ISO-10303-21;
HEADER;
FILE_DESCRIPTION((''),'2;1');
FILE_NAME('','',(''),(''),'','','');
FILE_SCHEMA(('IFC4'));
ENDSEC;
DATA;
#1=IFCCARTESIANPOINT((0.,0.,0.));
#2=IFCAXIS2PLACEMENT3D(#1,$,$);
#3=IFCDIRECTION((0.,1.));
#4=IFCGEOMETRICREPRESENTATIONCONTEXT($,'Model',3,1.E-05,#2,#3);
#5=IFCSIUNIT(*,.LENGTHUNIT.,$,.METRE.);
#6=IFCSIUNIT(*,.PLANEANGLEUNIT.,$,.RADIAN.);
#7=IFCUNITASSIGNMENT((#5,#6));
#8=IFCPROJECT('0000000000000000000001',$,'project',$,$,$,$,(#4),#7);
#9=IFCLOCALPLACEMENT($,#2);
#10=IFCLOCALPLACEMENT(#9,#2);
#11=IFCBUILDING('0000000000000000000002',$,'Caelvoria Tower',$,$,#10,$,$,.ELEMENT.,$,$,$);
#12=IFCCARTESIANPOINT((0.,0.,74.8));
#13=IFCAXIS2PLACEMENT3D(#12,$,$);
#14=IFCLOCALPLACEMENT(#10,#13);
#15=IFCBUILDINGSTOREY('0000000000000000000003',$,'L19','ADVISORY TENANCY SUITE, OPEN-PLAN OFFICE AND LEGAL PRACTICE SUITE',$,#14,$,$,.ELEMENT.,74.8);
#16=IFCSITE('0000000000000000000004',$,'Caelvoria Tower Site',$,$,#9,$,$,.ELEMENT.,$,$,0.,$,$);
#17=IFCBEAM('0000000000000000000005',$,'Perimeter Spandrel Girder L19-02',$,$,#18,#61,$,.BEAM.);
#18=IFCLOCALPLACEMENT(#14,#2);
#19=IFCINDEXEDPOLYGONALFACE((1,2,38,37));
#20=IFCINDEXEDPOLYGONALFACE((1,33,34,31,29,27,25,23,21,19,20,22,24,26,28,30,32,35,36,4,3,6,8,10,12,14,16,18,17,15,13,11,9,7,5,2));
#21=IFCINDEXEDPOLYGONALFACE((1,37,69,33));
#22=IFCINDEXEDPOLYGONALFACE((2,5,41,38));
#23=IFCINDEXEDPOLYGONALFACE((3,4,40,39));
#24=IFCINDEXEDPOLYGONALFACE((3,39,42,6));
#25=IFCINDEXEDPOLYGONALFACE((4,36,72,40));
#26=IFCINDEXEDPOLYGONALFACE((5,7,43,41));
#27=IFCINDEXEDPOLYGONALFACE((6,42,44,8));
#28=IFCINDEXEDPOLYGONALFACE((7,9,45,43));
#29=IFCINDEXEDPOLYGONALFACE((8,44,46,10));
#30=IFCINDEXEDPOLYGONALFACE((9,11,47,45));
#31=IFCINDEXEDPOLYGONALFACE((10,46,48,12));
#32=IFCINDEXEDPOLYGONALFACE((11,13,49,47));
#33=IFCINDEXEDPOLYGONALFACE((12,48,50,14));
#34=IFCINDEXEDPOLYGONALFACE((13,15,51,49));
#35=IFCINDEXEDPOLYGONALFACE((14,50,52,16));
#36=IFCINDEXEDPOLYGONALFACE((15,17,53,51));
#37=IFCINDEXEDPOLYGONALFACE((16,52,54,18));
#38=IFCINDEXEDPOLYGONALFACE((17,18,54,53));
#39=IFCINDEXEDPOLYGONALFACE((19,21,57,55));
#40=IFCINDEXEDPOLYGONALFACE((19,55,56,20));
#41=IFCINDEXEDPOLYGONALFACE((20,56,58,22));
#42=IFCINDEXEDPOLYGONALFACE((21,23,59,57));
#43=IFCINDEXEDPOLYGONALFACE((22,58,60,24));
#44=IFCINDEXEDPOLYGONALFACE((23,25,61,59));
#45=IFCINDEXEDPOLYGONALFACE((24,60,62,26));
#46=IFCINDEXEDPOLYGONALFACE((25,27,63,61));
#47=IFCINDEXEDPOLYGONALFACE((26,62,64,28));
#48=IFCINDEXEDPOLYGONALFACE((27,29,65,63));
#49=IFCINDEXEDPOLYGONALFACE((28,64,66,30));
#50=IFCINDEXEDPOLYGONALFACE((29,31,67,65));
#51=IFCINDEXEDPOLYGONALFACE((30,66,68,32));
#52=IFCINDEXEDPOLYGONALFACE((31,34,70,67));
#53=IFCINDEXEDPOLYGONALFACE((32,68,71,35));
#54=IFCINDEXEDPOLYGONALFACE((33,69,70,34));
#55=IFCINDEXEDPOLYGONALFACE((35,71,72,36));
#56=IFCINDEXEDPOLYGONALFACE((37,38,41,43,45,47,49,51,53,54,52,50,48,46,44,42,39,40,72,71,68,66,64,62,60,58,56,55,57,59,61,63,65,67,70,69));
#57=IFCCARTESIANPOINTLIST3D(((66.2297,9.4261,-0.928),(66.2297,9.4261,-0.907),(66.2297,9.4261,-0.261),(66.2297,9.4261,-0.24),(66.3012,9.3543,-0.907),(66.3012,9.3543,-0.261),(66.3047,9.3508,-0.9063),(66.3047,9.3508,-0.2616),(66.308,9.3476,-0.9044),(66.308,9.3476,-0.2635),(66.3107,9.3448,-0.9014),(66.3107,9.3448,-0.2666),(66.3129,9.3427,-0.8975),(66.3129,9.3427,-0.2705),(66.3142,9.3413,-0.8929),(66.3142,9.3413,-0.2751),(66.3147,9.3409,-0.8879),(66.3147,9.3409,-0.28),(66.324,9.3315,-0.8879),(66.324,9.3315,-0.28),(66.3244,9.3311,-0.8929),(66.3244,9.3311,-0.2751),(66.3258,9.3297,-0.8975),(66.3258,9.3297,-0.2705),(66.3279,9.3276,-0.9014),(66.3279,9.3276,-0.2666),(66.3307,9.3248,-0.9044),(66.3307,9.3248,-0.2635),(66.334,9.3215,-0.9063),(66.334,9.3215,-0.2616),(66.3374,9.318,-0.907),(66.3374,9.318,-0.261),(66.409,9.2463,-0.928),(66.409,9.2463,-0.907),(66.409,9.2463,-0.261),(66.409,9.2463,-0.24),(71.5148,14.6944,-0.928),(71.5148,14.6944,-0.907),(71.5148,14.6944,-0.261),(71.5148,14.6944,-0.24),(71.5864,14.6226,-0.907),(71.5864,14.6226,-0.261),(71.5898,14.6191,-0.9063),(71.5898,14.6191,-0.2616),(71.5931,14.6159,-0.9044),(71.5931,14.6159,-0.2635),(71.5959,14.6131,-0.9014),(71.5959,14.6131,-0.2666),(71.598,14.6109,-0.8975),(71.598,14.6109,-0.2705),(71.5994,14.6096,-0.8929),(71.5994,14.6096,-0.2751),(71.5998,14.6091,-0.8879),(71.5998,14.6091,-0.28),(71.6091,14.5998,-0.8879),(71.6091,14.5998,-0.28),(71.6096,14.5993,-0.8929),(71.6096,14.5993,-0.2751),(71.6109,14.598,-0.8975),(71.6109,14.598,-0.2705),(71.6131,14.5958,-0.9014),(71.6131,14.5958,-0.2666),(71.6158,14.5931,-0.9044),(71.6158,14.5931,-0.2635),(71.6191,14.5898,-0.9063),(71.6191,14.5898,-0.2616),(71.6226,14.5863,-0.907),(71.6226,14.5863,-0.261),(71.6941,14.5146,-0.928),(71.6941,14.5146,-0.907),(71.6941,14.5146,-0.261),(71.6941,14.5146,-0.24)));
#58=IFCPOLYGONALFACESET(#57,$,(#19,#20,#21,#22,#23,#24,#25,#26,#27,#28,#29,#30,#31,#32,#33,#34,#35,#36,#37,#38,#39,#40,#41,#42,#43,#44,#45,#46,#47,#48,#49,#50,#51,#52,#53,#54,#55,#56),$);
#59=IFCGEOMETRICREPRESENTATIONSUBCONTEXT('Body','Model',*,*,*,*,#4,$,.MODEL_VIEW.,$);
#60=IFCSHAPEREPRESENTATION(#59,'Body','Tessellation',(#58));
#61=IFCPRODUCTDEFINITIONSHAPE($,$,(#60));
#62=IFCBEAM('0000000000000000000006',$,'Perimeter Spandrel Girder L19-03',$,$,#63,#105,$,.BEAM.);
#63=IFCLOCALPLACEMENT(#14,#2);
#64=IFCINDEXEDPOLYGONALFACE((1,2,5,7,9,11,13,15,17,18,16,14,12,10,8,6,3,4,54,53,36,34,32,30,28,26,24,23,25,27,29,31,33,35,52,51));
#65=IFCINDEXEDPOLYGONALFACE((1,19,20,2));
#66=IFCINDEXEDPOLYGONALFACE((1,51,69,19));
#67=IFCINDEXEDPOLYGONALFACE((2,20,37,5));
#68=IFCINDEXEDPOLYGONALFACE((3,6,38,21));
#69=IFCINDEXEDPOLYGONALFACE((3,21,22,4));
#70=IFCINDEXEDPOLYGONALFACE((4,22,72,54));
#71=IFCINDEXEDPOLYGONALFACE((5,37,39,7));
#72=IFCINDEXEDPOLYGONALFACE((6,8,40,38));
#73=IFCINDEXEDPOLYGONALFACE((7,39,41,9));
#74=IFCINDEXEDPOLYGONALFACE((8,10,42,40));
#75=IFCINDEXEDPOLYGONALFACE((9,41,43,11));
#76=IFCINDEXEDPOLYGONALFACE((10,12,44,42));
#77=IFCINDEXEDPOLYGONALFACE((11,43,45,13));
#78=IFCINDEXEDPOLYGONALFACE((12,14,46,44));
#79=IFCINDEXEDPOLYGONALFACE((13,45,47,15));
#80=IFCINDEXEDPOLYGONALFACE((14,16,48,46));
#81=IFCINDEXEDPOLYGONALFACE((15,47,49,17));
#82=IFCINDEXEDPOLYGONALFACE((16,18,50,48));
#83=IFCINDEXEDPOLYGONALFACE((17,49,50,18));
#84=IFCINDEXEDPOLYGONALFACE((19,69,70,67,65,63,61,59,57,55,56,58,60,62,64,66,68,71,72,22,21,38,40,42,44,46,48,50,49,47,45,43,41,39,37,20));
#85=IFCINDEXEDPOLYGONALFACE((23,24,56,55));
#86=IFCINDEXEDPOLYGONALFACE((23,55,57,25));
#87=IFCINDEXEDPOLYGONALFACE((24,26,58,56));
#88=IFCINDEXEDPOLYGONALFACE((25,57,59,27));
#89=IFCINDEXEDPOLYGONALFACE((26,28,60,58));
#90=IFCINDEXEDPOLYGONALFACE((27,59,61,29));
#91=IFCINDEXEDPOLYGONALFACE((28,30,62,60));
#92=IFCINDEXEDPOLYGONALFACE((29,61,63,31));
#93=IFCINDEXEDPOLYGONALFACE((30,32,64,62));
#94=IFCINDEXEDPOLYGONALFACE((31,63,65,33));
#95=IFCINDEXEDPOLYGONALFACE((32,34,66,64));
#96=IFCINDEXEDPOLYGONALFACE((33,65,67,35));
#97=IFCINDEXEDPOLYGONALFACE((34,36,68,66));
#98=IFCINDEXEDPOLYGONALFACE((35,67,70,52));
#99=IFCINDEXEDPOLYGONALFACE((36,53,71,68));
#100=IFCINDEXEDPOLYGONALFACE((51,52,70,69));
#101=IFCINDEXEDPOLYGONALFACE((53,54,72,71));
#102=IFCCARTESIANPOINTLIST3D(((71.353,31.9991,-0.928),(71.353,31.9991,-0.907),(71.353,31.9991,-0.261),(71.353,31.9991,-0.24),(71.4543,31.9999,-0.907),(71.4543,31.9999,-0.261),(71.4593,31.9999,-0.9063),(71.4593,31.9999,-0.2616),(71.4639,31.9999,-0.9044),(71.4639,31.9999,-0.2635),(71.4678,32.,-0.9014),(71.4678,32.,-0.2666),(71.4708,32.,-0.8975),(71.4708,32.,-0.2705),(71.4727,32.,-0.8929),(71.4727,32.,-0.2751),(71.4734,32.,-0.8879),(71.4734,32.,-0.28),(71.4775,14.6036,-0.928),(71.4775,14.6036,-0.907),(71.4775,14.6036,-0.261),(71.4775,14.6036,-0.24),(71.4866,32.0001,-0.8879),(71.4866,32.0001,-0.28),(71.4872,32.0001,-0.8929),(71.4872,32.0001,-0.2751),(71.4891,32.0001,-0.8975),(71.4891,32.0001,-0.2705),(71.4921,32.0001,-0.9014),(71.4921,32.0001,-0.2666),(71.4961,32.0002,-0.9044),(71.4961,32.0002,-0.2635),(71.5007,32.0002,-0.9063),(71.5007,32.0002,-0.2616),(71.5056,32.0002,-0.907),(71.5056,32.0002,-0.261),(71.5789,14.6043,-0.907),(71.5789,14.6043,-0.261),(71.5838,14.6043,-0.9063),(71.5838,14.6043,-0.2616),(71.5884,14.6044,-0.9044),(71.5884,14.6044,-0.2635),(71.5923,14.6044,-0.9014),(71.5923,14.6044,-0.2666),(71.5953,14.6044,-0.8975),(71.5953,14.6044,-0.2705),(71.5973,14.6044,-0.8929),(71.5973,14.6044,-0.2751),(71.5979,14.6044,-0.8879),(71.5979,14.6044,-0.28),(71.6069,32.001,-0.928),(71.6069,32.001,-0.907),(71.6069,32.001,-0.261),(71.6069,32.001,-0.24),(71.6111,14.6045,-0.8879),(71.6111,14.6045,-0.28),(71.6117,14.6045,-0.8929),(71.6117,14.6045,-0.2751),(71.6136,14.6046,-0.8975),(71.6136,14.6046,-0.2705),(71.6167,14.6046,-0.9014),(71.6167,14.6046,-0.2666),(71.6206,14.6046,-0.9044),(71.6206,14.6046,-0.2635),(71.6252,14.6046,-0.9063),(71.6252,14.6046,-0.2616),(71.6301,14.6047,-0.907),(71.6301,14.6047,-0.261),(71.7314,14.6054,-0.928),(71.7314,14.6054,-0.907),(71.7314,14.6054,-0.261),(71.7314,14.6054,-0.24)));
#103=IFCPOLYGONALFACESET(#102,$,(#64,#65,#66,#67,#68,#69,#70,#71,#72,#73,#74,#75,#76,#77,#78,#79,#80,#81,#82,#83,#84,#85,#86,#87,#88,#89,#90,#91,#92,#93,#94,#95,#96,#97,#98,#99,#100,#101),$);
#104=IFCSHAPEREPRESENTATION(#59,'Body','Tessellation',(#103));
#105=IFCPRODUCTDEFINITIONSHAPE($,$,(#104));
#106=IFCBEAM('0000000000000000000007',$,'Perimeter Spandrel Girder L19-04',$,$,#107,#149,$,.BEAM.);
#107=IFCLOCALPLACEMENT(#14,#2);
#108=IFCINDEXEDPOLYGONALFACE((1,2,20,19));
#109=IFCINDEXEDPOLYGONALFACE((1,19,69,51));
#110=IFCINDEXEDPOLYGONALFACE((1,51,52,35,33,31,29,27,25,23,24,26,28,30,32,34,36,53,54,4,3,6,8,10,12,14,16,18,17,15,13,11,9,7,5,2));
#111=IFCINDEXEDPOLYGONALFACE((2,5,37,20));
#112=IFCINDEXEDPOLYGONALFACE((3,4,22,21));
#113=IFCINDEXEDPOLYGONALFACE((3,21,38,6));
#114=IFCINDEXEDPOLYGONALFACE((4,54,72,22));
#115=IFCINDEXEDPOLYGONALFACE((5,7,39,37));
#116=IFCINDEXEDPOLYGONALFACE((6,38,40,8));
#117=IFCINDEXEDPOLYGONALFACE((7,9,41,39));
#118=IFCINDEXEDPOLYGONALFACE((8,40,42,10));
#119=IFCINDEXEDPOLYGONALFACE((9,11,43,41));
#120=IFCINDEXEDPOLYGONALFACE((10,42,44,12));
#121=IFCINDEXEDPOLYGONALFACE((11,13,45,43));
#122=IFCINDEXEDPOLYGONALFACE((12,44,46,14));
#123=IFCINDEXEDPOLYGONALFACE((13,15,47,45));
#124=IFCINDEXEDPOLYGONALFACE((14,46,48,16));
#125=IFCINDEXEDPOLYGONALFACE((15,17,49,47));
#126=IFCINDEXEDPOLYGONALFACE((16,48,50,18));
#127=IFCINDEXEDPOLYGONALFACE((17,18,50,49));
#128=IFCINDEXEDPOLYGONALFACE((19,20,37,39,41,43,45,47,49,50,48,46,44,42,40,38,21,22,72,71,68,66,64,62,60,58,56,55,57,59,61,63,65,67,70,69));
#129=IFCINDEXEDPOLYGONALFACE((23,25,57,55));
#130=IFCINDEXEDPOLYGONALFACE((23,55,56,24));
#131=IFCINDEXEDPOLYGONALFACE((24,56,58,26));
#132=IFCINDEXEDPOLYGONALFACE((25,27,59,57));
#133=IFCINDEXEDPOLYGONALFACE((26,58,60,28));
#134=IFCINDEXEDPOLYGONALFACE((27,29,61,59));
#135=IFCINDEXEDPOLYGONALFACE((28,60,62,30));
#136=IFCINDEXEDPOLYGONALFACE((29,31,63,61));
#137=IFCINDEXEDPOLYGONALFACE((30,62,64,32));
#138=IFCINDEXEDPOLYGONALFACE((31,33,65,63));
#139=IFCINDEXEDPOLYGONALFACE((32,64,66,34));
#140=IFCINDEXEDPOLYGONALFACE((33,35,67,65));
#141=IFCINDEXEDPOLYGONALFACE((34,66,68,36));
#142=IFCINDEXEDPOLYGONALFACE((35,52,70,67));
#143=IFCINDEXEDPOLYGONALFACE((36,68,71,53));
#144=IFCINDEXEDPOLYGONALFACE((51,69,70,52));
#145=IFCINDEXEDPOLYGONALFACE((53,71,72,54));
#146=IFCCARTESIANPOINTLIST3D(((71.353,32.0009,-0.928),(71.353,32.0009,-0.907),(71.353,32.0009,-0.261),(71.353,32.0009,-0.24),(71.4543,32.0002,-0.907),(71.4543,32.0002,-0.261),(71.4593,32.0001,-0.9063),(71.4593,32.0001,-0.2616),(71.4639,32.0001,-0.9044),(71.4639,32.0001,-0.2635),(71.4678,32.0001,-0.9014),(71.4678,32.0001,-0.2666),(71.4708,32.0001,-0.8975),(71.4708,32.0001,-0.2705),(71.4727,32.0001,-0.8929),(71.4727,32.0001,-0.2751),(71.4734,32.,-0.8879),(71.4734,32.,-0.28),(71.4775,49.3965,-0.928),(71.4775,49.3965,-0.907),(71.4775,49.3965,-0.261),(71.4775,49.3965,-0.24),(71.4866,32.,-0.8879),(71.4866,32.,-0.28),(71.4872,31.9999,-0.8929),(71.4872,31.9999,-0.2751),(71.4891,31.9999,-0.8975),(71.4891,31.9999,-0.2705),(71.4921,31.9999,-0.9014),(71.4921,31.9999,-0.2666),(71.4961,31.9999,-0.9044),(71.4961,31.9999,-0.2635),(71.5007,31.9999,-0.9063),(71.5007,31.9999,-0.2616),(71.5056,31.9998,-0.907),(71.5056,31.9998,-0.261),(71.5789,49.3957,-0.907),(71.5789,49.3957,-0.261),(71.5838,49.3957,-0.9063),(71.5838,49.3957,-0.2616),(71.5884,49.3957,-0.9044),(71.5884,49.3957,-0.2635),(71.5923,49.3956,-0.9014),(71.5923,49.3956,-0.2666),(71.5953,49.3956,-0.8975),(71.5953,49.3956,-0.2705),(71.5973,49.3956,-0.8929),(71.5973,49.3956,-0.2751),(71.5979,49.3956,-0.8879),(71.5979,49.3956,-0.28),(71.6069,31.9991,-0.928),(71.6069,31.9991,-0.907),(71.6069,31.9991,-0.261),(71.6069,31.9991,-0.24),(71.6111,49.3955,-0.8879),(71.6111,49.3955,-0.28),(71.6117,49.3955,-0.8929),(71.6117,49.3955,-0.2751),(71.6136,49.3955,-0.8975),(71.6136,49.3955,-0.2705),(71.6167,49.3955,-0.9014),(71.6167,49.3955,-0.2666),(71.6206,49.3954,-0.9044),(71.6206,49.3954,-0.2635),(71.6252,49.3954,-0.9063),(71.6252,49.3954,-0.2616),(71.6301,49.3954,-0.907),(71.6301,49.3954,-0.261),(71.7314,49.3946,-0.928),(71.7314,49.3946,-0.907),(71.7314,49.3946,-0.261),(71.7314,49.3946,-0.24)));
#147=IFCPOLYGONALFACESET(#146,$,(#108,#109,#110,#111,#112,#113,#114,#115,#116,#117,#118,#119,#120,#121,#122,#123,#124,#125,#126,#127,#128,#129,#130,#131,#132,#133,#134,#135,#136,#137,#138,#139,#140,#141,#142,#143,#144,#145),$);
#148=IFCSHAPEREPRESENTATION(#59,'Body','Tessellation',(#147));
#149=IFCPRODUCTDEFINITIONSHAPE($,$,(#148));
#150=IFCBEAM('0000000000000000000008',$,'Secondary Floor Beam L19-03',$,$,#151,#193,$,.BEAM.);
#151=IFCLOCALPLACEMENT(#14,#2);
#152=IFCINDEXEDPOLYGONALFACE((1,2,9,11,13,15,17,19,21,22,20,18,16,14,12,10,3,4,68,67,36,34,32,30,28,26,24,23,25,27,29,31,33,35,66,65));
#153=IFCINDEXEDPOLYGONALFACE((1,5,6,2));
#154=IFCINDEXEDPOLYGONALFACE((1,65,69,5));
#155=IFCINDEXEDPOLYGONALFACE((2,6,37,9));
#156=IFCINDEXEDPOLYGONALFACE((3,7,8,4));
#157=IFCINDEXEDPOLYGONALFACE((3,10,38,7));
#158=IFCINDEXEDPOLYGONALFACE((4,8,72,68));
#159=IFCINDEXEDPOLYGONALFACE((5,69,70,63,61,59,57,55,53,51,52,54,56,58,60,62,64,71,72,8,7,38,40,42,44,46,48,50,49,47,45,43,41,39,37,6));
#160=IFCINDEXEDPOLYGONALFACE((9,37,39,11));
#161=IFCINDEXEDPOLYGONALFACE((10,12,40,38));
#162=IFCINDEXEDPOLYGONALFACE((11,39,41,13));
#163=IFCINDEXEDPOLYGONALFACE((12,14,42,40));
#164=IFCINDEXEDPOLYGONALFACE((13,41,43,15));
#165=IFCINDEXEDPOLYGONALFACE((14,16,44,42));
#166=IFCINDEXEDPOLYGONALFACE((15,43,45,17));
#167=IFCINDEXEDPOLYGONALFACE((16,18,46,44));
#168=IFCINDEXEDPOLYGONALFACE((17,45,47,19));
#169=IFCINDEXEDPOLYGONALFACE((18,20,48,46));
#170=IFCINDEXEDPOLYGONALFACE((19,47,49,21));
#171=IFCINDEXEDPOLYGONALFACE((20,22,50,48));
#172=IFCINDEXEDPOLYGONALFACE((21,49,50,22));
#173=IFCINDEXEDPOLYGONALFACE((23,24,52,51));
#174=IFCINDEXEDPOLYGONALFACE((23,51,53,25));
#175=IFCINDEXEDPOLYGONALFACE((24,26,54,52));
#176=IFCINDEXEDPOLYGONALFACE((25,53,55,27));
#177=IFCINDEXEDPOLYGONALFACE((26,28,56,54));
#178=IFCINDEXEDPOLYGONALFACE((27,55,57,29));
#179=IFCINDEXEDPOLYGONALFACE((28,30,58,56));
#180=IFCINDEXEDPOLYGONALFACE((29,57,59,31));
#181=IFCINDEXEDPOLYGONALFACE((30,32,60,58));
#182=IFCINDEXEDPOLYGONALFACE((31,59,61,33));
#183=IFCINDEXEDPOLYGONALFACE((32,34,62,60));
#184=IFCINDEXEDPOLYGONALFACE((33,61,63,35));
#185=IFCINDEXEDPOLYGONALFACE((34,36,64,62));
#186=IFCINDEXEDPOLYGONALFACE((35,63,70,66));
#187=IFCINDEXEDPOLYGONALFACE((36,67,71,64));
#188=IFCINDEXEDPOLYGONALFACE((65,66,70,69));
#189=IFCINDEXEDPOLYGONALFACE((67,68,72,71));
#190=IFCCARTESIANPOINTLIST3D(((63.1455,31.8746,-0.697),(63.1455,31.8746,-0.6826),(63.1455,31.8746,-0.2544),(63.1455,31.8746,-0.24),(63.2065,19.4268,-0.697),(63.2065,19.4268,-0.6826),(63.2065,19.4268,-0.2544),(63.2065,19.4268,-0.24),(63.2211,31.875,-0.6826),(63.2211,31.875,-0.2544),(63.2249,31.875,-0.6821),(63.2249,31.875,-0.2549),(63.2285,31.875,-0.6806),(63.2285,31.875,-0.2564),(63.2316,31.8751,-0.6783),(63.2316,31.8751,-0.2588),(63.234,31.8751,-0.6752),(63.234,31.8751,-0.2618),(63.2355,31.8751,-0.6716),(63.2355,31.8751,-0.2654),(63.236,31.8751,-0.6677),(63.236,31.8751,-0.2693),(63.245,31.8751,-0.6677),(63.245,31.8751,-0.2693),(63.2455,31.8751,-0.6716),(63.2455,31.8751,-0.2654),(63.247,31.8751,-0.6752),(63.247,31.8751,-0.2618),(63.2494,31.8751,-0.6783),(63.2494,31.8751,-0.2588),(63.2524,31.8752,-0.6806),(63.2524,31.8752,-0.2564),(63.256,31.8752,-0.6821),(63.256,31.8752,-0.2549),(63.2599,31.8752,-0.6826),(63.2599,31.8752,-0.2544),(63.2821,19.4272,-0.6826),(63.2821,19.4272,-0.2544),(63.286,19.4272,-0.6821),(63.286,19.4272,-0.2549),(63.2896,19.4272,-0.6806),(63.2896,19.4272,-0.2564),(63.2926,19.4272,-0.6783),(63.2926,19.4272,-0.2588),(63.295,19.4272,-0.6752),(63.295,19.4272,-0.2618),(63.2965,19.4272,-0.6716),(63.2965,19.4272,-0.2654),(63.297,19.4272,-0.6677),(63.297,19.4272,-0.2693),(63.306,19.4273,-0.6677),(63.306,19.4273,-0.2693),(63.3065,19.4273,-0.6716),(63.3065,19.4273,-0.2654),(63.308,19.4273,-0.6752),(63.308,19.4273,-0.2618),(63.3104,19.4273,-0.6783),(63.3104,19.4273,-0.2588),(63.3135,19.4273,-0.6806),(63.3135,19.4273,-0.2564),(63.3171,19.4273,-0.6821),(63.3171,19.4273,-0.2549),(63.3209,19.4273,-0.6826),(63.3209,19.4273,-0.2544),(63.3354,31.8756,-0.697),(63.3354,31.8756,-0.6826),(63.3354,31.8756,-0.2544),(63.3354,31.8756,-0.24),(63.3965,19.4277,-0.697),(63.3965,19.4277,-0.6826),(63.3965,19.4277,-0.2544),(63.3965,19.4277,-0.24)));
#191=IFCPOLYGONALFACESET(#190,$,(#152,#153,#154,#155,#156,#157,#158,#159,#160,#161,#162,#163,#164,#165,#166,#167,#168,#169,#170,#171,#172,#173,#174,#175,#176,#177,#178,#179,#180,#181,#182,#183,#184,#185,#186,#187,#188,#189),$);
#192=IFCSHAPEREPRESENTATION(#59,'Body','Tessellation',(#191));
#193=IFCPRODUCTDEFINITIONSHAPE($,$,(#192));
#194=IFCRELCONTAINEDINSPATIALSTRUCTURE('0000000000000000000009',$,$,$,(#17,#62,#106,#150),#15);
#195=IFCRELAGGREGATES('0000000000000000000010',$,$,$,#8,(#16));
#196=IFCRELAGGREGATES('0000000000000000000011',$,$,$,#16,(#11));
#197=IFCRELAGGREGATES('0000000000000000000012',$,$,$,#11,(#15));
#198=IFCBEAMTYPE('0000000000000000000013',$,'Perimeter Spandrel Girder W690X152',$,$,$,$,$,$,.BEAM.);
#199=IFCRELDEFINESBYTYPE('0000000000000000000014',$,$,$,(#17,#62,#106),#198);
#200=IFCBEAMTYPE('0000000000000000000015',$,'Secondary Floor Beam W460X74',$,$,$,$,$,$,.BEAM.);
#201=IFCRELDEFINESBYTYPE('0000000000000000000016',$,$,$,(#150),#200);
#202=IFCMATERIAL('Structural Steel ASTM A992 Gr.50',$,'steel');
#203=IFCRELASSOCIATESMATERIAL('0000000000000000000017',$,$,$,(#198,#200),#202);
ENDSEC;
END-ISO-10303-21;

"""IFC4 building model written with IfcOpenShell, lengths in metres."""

from ifc_helpers import new_model, si_unit, direction, frame, origin, origin_2d, place, context, subcontext, project, spatial, i_section, extrude, material, material_profile, profile_set, type_object, element, save


model = new_model("IFC4")

# Units and contexts
model_context = context("Model", 3, precision=1e-05, world=origin(), true_north=direction((0.0, 1.0)))
body_context = subcontext(model_context, "Body", "Model", "MODEL_VIEW")
ifc_project = project(units=[si_unit("LENGTHUNIT", "METRE"), si_unit("PLANEANGLEUNIT", "RADIAN")], contexts=[model_context])

# Site, building, storey
site_placement = place(None, origin())
site = spatial("IfcSite", under=ifc_project, at=site_placement, Name="Caelvoria Tower Site", CompositionType="ELEMENT", RefElevation=0.0)
building_placement = place(site_placement, origin())
building = spatial("IfcBuilding", under=site, at=building_placement, Name="Caelvoria Tower", CompositionType="ELEMENT")
storey_placement = place(building_placement, frame((0.0, 0.0, 74.8)))
storey = spatial("IfcBuildingStorey", under=building, at=storey_placement, Name="L19", Description="ADVISORY TENANCY SUITE, OPEN-PLAN OFFICE AND LEGAL PRACTICE SUITE", CompositionType="ELEMENT", Elevation=74.8)

# Beams
ifc_material_1 = material(Name="Structural Steel ASTM A992 Gr.50", Category="steel")
ifc_material_profile_1 = material_profile(ifc_material_1, i_section(OverallWidth=0.2539, OverallDepth=0.688, WebThickness=0.0132, FlangeThickness=0.021, FilletRadius=0.019, at=origin_2d()), Name="Structural Steel ASTM A992 Gr.50")
ifc_profile_set_1 = profile_set([ifc_material_profile_1], Name="W690X152 - Structural Steel ASTM A992 Gr.50")
beam_type_1 = type_object("IfcBeamType", Name="Perimeter Spandrel Girder W690X152", PredefinedType="BEAM", material=ifc_profile_set_1)
beam_placement = place(storey_placement, frame((66.3193, 9.3362, -0.584), z_axis=(0.708235, 0.705977, 0.0), x_axis=(-0.705977, 0.708235, 0.0)))
element("IfcBeam", 1, at=beam_placement, inside=storey, type_object=beam_type_1, Name="Perimeter Spandrel Girder L19-02", PredefinedType="BEAM", context=body_context, shape_type="SweptSolid", body=[
    extrude(i_section(OverallWidth=0.2539, OverallDepth=0.688, WebThickness=0.0132, FlangeThickness=0.021, FilletRadius=0.019, at=origin_2d()), origin(), (0.0, 0.0, 1.0), 7.4624),
])
for number, where, z_axis, x_axis, name in (
    (2, (71.6045, 14.6045, -0.584), (-0.007158, 0.999974, 0.0), (-0.999974, -0.007158, 0.0), "Perimeter Spandrel Girder L19-03"),
    (3, (71.48, 32.0, -0.584), (0.007158, 0.999974, 0.0), (-0.999974, 0.007158, 0.0), "Perimeter Spandrel Girder L19-04"),
):
    element("IfcBeam", number, at=place(storey_placement, frame(where, z_axis=z_axis, x_axis=x_axis)), inside=storey, type_object=beam_type_1, Name=name, PredefinedType="BEAM", context=body_context, shape_type="SweptSolid", body=[
        extrude(i_section(OverallWidth=0.2539, OverallDepth=0.688, WebThickness=0.0132, FlangeThickness=0.021, FilletRadius=0.019, at=origin_2d()), origin(), (0.0, 0.0, 1.0), 17.396),
    ])
ifc_material_profile_2 = material_profile(ifc_material_1, i_section(OverallWidth=0.1899, OverallDepth=0.457, WebThickness=0.009, FlangeThickness=0.0144, FilletRadius=0.0149, at=origin_2d()), Name="Structural Steel ASTM A992 Gr.50")
ifc_profile_set_2 = profile_set([ifc_material_profile_2], Name="W460X74 - Structural Steel ASTM A992 Gr.50")
beam_type_2 = type_object("IfcBeamType", Name="Secondary Floor Beam W460X74", PredefinedType="BEAM", material=ifc_profile_set_2)
for number, where, z_axis, x_axis, name in (
    (4, (63.3015, 19.4272, -0.4685), (-0.004903, 0.999988, 0.0), (-0.999988, -0.004903, 0.0), "Secondary Floor Beam L19-03"),
):
    element("IfcBeam", number, at=place(storey_placement, frame(where, z_axis=z_axis, x_axis=x_axis)), inside=storey, type_object=beam_type_2, Name=name, PredefinedType="BEAM", context=body_context, shape_type="SweptSolid", body=[
        extrude(i_section(OverallWidth=0.1899, OverallDepth=0.457, WebThickness=0.009, FlangeThickness=0.0144, FilletRadius=0.0149, at=origin_2d()), origin(), (0.0, 0.0, 1.0), 12.448),
    ])

save(model, "model.ifc")
